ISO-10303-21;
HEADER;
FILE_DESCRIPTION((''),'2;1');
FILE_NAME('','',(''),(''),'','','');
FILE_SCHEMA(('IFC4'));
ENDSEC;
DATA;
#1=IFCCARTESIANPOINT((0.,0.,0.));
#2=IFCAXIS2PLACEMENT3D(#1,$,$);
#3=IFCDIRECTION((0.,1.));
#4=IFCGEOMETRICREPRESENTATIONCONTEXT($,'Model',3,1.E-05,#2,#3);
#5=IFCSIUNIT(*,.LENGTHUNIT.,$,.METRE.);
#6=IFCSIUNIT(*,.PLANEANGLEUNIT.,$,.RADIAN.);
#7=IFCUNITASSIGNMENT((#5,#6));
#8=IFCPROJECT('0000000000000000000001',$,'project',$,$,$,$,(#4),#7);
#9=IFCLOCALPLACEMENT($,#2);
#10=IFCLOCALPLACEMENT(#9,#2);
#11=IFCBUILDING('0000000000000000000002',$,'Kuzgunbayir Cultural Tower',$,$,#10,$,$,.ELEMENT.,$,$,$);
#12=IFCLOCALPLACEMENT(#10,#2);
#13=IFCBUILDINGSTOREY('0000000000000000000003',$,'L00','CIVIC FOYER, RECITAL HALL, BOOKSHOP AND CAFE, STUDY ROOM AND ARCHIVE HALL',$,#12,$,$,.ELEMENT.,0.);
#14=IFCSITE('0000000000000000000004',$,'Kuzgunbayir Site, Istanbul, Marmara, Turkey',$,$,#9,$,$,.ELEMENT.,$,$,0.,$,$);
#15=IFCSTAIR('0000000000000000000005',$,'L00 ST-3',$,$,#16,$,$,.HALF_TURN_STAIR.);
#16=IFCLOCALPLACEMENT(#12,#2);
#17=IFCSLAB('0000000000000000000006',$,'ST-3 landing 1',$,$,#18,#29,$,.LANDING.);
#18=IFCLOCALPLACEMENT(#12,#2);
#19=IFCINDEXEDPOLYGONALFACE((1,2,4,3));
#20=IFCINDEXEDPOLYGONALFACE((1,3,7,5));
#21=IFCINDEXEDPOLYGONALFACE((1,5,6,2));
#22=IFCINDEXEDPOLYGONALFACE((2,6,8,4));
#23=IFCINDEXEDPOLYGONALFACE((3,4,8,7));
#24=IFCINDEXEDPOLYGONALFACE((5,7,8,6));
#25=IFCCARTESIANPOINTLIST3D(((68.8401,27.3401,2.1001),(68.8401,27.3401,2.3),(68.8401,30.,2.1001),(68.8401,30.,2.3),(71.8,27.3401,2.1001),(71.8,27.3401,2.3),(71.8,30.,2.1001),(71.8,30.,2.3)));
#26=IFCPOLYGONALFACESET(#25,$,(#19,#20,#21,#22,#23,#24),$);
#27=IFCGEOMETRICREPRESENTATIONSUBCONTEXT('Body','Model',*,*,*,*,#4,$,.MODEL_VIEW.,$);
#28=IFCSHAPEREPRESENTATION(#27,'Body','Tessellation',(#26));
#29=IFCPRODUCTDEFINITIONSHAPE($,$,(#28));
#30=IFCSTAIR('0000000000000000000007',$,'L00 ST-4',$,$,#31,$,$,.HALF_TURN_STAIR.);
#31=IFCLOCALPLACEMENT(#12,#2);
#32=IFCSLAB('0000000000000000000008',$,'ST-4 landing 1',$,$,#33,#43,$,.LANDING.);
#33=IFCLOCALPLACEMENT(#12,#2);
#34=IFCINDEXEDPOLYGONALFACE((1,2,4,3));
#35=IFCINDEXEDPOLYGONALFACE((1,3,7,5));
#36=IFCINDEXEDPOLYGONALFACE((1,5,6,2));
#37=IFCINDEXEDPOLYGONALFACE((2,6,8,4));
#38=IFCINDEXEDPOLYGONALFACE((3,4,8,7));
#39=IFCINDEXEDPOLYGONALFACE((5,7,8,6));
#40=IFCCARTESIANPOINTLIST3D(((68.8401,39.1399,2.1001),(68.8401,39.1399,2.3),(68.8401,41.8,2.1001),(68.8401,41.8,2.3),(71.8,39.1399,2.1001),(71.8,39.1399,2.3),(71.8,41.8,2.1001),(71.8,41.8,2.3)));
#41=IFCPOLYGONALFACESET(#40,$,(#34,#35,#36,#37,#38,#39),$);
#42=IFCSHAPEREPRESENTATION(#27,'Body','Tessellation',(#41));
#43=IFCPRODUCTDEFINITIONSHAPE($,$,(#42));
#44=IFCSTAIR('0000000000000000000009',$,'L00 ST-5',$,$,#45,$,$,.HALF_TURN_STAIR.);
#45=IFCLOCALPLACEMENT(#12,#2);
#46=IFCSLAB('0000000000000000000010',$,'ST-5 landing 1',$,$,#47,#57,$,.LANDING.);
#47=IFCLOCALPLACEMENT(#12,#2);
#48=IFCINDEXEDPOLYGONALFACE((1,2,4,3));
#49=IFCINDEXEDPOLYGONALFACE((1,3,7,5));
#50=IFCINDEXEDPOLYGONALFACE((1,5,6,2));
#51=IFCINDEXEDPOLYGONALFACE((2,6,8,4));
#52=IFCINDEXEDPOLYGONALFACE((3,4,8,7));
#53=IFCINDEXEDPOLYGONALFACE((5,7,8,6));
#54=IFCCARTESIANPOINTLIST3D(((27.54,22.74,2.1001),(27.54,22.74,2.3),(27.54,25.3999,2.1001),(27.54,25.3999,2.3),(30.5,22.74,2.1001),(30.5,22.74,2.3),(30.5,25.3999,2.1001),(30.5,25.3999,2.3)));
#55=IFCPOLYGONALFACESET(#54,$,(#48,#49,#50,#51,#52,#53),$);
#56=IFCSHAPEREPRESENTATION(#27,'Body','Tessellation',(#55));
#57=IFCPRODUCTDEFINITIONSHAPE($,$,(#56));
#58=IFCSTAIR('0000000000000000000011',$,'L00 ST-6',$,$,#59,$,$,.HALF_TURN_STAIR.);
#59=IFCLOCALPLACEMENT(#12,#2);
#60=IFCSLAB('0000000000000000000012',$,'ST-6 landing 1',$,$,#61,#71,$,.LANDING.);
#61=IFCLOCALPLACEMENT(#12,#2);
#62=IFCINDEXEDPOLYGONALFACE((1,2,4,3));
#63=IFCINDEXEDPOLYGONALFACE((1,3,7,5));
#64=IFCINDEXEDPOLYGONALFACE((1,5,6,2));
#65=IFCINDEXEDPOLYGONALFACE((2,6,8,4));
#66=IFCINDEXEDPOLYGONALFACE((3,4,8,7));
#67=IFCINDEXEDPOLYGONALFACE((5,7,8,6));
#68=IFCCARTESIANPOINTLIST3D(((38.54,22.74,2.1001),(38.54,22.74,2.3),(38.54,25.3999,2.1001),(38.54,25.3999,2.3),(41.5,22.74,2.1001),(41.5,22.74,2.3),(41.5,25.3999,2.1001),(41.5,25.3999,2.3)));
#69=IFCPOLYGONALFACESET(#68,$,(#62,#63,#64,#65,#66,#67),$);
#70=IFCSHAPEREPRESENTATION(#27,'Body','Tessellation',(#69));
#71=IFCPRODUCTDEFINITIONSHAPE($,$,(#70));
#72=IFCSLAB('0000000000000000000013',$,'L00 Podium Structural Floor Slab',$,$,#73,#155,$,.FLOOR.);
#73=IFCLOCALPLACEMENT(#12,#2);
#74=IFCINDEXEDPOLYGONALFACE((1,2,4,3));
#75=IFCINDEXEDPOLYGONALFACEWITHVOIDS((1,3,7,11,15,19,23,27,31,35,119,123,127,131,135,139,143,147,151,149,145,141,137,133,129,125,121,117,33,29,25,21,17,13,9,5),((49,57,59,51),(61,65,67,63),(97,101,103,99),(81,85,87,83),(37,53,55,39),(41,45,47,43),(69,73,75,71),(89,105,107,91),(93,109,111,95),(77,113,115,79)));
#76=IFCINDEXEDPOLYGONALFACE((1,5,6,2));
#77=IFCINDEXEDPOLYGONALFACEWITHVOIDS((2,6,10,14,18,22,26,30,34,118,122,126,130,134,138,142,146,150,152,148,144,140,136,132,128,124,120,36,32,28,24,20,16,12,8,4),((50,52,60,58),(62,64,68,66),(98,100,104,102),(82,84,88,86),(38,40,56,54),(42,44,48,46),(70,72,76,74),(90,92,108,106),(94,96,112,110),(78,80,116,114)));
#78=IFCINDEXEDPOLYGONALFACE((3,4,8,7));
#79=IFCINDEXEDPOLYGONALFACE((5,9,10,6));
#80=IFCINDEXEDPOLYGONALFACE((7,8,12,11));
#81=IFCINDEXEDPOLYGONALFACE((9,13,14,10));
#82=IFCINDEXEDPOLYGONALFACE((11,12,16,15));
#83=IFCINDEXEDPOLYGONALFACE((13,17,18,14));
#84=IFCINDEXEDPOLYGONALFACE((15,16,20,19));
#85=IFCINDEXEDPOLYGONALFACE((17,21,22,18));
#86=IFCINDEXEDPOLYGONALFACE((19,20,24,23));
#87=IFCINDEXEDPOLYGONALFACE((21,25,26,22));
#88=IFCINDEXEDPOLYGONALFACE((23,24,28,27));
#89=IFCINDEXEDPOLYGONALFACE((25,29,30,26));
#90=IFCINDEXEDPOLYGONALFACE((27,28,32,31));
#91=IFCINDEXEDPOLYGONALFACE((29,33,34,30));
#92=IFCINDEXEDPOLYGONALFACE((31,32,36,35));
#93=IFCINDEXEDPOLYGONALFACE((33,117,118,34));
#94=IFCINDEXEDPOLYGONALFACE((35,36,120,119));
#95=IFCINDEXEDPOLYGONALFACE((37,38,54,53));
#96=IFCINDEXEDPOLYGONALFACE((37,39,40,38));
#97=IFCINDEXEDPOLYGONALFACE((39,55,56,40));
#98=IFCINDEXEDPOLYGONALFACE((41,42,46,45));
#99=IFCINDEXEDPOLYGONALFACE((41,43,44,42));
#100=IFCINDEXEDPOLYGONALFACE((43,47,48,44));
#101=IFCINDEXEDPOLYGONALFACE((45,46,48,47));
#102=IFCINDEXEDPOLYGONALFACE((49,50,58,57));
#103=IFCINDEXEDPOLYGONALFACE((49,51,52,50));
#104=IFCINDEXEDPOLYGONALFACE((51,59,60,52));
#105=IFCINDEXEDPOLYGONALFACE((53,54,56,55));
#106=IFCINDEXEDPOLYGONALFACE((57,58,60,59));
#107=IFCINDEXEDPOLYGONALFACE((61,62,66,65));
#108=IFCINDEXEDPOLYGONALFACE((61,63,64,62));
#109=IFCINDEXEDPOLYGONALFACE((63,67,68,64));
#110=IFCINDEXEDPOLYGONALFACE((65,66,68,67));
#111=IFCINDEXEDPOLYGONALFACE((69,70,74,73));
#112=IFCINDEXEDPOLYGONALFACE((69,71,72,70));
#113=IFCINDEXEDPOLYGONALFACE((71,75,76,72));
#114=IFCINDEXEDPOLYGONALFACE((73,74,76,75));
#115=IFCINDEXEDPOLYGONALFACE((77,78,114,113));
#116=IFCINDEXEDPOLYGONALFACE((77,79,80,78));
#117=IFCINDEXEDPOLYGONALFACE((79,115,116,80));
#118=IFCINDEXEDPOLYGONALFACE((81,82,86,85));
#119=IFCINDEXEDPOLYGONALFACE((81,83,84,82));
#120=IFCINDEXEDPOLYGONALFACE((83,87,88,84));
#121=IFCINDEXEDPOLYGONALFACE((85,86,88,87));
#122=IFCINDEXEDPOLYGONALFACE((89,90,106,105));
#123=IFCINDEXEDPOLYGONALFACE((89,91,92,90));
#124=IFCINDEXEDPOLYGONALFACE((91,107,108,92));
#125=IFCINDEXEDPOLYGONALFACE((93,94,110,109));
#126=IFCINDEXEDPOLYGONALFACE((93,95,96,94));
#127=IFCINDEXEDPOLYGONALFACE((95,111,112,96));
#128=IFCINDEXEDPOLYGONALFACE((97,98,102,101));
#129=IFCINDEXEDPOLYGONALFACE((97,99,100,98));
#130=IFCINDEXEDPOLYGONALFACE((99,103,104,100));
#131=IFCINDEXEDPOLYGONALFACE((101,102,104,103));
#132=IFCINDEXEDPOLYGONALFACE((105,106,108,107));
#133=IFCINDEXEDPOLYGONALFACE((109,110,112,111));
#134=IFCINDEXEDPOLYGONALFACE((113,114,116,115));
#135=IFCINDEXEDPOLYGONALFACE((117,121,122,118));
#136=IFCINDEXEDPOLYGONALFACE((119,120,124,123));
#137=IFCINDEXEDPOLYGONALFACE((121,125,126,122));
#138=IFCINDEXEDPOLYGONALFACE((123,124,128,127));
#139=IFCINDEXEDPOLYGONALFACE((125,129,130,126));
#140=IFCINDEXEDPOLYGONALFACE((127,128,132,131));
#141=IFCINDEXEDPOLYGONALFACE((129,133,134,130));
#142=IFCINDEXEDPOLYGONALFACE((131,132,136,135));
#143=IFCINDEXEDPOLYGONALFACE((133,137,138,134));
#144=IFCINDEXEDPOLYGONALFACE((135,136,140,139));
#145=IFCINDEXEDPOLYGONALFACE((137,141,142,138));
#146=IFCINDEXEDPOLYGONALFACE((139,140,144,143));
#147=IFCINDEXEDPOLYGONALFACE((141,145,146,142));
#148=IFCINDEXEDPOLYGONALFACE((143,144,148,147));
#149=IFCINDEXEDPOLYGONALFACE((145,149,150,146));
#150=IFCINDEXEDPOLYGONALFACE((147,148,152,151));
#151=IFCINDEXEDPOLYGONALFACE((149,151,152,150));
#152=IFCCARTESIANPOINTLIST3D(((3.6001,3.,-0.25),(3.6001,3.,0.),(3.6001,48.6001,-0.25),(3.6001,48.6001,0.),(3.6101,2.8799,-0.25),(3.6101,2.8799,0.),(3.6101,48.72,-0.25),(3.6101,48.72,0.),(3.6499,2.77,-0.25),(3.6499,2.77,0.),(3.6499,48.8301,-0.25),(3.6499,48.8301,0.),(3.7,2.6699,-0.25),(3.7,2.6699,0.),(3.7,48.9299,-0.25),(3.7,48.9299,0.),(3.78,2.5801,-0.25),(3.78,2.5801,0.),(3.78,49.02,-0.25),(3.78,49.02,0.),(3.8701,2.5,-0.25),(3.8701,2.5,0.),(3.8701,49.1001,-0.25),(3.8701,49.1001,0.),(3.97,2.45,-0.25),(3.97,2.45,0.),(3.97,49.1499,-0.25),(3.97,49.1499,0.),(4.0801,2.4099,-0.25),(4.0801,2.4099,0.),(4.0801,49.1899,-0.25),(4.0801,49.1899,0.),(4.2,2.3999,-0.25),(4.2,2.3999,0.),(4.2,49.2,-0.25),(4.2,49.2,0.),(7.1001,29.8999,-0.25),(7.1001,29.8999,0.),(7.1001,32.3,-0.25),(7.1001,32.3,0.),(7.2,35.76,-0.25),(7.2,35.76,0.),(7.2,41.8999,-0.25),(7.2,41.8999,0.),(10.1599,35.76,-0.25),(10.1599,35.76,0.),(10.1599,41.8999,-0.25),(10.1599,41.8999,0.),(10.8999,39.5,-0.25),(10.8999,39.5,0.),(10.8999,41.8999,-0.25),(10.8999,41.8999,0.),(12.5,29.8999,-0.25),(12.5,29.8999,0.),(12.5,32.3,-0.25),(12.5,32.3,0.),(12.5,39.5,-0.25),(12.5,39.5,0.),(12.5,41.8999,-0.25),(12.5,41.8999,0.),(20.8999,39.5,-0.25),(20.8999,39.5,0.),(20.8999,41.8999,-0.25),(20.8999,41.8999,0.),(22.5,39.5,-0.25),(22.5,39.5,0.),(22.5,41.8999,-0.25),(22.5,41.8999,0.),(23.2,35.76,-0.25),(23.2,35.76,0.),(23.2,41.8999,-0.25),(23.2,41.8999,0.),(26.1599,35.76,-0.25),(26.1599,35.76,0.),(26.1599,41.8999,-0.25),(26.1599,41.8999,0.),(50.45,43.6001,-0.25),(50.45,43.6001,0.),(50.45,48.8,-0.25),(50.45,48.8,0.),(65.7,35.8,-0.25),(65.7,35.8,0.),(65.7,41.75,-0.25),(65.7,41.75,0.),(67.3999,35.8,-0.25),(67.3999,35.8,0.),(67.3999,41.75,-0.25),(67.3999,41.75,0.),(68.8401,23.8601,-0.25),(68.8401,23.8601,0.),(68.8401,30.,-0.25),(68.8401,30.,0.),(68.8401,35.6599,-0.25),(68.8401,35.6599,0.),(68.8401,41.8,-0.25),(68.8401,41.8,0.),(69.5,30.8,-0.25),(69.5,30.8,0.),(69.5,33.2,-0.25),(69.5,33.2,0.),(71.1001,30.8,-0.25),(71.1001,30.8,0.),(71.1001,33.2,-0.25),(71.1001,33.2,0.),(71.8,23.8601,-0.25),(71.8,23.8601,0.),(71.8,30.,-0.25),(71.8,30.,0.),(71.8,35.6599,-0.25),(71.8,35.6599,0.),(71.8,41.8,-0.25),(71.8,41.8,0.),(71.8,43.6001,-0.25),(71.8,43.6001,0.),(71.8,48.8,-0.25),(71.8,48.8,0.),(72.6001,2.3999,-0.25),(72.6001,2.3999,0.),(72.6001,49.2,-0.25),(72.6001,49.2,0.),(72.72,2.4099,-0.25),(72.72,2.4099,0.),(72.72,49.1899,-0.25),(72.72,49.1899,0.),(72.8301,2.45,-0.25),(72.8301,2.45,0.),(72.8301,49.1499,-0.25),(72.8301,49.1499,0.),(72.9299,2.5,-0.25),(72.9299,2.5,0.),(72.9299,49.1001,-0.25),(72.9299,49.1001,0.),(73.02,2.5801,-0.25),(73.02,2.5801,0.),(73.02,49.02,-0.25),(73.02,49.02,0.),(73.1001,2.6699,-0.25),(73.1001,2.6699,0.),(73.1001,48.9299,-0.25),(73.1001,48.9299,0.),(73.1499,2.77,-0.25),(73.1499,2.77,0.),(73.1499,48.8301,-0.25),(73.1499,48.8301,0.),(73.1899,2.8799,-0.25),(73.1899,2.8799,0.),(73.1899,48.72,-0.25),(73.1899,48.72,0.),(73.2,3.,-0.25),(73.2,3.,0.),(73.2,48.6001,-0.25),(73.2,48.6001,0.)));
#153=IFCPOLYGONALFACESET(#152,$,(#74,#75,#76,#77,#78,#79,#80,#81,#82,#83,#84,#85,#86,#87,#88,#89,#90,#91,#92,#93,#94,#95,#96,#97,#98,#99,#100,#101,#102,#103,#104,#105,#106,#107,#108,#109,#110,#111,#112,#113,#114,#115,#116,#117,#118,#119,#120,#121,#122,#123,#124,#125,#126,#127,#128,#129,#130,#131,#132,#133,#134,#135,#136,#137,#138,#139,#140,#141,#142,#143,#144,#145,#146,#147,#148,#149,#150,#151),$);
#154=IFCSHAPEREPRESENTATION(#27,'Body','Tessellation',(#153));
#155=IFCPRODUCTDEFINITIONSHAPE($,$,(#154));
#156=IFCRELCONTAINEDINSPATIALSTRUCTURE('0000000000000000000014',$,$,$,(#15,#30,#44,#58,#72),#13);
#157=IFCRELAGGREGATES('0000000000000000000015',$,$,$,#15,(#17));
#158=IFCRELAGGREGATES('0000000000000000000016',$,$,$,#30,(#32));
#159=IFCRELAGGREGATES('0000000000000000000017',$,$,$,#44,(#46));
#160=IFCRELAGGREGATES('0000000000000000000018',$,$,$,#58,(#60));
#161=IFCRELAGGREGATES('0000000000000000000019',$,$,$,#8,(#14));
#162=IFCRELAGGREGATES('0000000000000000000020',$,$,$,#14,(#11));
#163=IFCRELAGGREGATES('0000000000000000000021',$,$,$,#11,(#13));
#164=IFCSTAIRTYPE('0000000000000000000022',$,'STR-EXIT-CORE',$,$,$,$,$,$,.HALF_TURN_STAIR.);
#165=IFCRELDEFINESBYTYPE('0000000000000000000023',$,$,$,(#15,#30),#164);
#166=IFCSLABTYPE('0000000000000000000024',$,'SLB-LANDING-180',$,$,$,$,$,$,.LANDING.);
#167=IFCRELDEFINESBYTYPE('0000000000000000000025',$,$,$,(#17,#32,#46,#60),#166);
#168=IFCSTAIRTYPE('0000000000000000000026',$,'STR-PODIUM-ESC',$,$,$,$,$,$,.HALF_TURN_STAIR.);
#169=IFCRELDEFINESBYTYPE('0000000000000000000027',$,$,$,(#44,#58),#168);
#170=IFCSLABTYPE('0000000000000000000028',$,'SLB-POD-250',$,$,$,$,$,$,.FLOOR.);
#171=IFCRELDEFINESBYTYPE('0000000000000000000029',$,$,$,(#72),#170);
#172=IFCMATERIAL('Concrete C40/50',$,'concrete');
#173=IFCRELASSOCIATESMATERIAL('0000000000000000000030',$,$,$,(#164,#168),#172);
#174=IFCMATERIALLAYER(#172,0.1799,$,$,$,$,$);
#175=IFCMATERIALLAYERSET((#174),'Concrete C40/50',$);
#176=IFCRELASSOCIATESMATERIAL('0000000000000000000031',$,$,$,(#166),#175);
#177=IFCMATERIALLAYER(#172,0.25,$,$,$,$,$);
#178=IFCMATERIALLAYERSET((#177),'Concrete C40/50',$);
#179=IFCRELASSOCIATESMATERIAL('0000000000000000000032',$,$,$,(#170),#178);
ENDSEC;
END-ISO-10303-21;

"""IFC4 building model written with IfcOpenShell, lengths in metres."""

from ifc_helpers import new_model, si_unit, direction, frame, origin, place, context, subcontext, project, spatial, polyline, outline, extrude, material, layer, layer_set, type_object, element, aggregate, save


model = new_model("IFC4")

# Units and contexts
model_context = context("Model", 3, precision=1e-05, world=origin(), true_north=direction((0.0, 1.0)))
body_context = subcontext(model_context, "Body", "Model", "MODEL_VIEW")
ifc_project = project(units=[si_unit("LENGTHUNIT", "METRE"), si_unit("PLANEANGLEUNIT", "RADIAN")], contexts=[model_context])

# Site, building, storey
site_placement = place(None, origin())
site = spatial("IfcSite", under=ifc_project, at=site_placement, Name="Kuzgunbayir Site, Istanbul, Marmara, Turkey", CompositionType="ELEMENT", RefElevation=0.0)
building_placement = place(site_placement, origin())
building = spatial("IfcBuilding", under=site, at=building_placement, Name="Kuzgunbayir Cultural Tower", CompositionType="ELEMENT")
storey_placement = place(building_placement, origin())
storey = spatial("IfcBuildingStorey", under=building, at=storey_placement, Name="L00", Description="CIVIC FOYER, RECITAL HALL, BOOKSHOP AND CAFE, STUDY ROOM AND ARCHIVE HALL", CompositionType="ELEMENT", Elevation=0.0)

# Shared definitions
ifc_material_1 = material(Name="Concrete C40/50", Category="concrete")

# Stairs, slabs
stair_type_1 = type_object("IfcStairType", Name="STR-EXIT-CORE", PredefinedType="HALF_TURN_STAIR", material=ifc_material_1)
ifc_layer_1 = layer(ifc_material_1, 0.1799)
ifc_layer_set_1 = layer_set([ifc_layer_1], Name="Concrete C40/50")
slab_type_1 = type_object("IfcSlabType", Name="SLB-LANDING-180", PredefinedType="LANDING", material=ifc_layer_set_1)
stair_1_placement = place(storey_placement, origin())
stair_1 = element("IfcStair", 1, at=stair_1_placement, inside=storey, type_object=stair_type_1, Name="L00 ST-3", PredefinedType="HALF_TURN_STAIR")
slab_1_placement = place(storey_placement, frame((0.0, 0.0, 2.1001)))
slab_1 = element("IfcSlab", 2, at=slab_1_placement, type_object=slab_type_1, Name="ST-3 landing 1", PredefinedType="LANDING", context=body_context, shape_type="SweptSolid", body=[
    extrude(outline(polyline([(71.8, 27.3401), (71.8, 30.0), (68.8401, 30.0), (68.8401, 27.3401), (71.8, 27.3401)])), origin(), (0.0, 0.0, 1.0), 0.2),
])
aggregate(stair_1, [slab_1])
stair_2_placement = place(storey_placement, origin())
stair_2 = element("IfcStair", 3, at=stair_2_placement, inside=storey, type_object=stair_type_1, Name="L00 ST-4", PredefinedType="HALF_TURN_STAIR")
slab_2_placement = place(storey_placement, frame((0.0, 0.0, 2.1001)))
slab_2 = element("IfcSlab", 4, at=slab_2_placement, type_object=slab_type_1, Name="ST-4 landing 1", PredefinedType="LANDING", context=body_context, shape_type="SweptSolid", body=[
    extrude(outline(polyline([(71.8, 39.1399), (71.8, 41.8), (68.8401, 41.8), (68.8401, 39.1399), (71.8, 39.1399)])), origin(), (0.0, 0.0, 1.0), 0.2),
])
aggregate(stair_2, [slab_2])
stair_type_2 = type_object("IfcStairType", Name="STR-PODIUM-ESC", PredefinedType="HALF_TURN_STAIR", material=ifc_material_1)
stair_3_placement = place(storey_placement, origin())
stair_3 = element("IfcStair", 5, at=stair_3_placement, inside=storey, type_object=stair_type_2, Name="L00 ST-5", PredefinedType="HALF_TURN_STAIR")
slab_3_placement = place(storey_placement, frame((0.0, 0.0, 2.1001)))
slab_3 = element("IfcSlab", 6, at=slab_3_placement, type_object=slab_type_1, Name="ST-5 landing 1", PredefinedType="LANDING", context=body_context, shape_type="SweptSolid", body=[
    extrude(outline(polyline([(30.5, 22.74), (30.5, 25.3999), (27.54, 25.3999), (27.54, 22.74), (30.5, 22.74)])), origin(), (0.0, 0.0, 1.0), 0.2),
])
aggregate(stair_3, [slab_3])
stair_4_placement = place(storey_placement, origin())
stair_4 = element("IfcStair", 7, at=stair_4_placement, inside=storey, type_object=stair_type_2, Name="L00 ST-6", PredefinedType="HALF_TURN_STAIR")
slab_4_placement = place(storey_placement, frame((0.0, 0.0, 2.1001)))
slab_4 = element("IfcSlab", 8, at=slab_4_placement, type_object=slab_type_1, Name="ST-6 landing 1", PredefinedType="LANDING", context=body_context, shape_type="SweptSolid", body=[
    extrude(outline(polyline([(41.5, 22.74), (41.5, 25.3999), (38.54, 25.3999), (38.54, 22.74), (41.5, 22.74)])), origin(), (0.0, 0.0, 1.0), 0.2),
])
aggregate(stair_4, [slab_4])

# Slab
ifc_layer_2 = layer(ifc_material_1, 0.25)
ifc_layer_set_2 = layer_set([ifc_layer_2], Name="Concrete C40/50")
slab_type_2 = type_object("IfcSlabType", Name="SLB-POD-250", PredefinedType="FLOOR", material=ifc_layer_set_2)
slab_5_placement = place(storey_placement, frame((0.0, 0.0, -0.25)))
element("IfcSlab", 9, at=slab_5_placement, inside=storey, type_object=slab_type_2, Name="L00 Podium Structural Floor Slab", PredefinedType="FLOOR", context=body_context, shape_type="SweptSolid", body=[
    extrude(outline(polyline([(72.6001, 2.3999), (72.72, 2.4099), (72.8301, 2.45), (72.9299, 2.5), (73.02, 2.5801), (73.1001, 2.6699), (73.1499, 2.77), (73.1899, 2.8799), (73.2, 3.0), (73.2, 48.6001), (73.1899, 48.72), (73.1499, 48.8301), (73.1001, 48.9299), (73.02, 49.02), (72.9299, 49.1001), (72.8301, 49.1499), (72.72, 49.1899), (72.6001, 49.2), (4.2, 49.2), (4.0801, 49.1899), (3.97, 49.1499), (3.8701, 49.1001), (3.78, 49.02), (3.7, 48.9299), (3.6499, 48.8301), (3.6101, 48.72), (3.6001, 48.6001), (3.6001, 3.0), (3.6101, 2.8799), (3.6499, 2.77), (3.7, 2.6699), (3.78, 2.5801), (3.8701, 2.5), (3.97, 2.45), (4.0801, 2.4099), (4.2, 2.3999), (72.6001, 2.3999)]), holes=[polyline([(7.2, 35.76), (7.2, 41.8999), (10.1599, 41.8999), (10.1599, 35.76), (7.2, 35.76)]), polyline([(23.2, 35.76), (23.2, 41.8999), (26.1599, 41.8999), (26.1599, 35.76), (23.2, 35.76)]), polyline([(68.8401, 23.8601), (68.8401, 30.0), (71.8, 30.0), (71.8, 23.8601), (68.8401, 23.8601)]), polyline([(68.8401, 35.6599), (68.8401, 41.8), (71.8, 41.8), (71.8, 35.6599), (68.8401, 35.6599)]), polyline([(7.1001, 29.8999), (7.1001, 32.3), (12.5, 32.3), (12.5, 29.8999), (7.1001, 29.8999)]), polyline([(10.8999, 39.5), (10.8999, 41.8999), (12.5, 41.8999), (12.5, 39.5), (10.8999, 39.5)]), polyline([(20.8999, 39.5), (20.8999, 41.8999), (22.5, 41.8999), (22.5, 39.5), (20.8999, 39.5)]), polyline([(65.7, 35.8), (65.7, 41.75), (67.3999, 41.75), (67.3999, 35.8), (65.7, 35.8)]), polyline([(69.5, 30.8), (69.5, 33.2), (71.1001, 33.2), (71.1001, 30.8), (69.5, 30.8)]), polyline([(50.45, 43.6001), (50.45, 48.8), (71.8, 48.8), (71.8, 43.6001), (50.45, 43.6001)])]), origin(), (0.0, 0.0, 1.0), 0.25),
])

save(model, "model.ifc")
